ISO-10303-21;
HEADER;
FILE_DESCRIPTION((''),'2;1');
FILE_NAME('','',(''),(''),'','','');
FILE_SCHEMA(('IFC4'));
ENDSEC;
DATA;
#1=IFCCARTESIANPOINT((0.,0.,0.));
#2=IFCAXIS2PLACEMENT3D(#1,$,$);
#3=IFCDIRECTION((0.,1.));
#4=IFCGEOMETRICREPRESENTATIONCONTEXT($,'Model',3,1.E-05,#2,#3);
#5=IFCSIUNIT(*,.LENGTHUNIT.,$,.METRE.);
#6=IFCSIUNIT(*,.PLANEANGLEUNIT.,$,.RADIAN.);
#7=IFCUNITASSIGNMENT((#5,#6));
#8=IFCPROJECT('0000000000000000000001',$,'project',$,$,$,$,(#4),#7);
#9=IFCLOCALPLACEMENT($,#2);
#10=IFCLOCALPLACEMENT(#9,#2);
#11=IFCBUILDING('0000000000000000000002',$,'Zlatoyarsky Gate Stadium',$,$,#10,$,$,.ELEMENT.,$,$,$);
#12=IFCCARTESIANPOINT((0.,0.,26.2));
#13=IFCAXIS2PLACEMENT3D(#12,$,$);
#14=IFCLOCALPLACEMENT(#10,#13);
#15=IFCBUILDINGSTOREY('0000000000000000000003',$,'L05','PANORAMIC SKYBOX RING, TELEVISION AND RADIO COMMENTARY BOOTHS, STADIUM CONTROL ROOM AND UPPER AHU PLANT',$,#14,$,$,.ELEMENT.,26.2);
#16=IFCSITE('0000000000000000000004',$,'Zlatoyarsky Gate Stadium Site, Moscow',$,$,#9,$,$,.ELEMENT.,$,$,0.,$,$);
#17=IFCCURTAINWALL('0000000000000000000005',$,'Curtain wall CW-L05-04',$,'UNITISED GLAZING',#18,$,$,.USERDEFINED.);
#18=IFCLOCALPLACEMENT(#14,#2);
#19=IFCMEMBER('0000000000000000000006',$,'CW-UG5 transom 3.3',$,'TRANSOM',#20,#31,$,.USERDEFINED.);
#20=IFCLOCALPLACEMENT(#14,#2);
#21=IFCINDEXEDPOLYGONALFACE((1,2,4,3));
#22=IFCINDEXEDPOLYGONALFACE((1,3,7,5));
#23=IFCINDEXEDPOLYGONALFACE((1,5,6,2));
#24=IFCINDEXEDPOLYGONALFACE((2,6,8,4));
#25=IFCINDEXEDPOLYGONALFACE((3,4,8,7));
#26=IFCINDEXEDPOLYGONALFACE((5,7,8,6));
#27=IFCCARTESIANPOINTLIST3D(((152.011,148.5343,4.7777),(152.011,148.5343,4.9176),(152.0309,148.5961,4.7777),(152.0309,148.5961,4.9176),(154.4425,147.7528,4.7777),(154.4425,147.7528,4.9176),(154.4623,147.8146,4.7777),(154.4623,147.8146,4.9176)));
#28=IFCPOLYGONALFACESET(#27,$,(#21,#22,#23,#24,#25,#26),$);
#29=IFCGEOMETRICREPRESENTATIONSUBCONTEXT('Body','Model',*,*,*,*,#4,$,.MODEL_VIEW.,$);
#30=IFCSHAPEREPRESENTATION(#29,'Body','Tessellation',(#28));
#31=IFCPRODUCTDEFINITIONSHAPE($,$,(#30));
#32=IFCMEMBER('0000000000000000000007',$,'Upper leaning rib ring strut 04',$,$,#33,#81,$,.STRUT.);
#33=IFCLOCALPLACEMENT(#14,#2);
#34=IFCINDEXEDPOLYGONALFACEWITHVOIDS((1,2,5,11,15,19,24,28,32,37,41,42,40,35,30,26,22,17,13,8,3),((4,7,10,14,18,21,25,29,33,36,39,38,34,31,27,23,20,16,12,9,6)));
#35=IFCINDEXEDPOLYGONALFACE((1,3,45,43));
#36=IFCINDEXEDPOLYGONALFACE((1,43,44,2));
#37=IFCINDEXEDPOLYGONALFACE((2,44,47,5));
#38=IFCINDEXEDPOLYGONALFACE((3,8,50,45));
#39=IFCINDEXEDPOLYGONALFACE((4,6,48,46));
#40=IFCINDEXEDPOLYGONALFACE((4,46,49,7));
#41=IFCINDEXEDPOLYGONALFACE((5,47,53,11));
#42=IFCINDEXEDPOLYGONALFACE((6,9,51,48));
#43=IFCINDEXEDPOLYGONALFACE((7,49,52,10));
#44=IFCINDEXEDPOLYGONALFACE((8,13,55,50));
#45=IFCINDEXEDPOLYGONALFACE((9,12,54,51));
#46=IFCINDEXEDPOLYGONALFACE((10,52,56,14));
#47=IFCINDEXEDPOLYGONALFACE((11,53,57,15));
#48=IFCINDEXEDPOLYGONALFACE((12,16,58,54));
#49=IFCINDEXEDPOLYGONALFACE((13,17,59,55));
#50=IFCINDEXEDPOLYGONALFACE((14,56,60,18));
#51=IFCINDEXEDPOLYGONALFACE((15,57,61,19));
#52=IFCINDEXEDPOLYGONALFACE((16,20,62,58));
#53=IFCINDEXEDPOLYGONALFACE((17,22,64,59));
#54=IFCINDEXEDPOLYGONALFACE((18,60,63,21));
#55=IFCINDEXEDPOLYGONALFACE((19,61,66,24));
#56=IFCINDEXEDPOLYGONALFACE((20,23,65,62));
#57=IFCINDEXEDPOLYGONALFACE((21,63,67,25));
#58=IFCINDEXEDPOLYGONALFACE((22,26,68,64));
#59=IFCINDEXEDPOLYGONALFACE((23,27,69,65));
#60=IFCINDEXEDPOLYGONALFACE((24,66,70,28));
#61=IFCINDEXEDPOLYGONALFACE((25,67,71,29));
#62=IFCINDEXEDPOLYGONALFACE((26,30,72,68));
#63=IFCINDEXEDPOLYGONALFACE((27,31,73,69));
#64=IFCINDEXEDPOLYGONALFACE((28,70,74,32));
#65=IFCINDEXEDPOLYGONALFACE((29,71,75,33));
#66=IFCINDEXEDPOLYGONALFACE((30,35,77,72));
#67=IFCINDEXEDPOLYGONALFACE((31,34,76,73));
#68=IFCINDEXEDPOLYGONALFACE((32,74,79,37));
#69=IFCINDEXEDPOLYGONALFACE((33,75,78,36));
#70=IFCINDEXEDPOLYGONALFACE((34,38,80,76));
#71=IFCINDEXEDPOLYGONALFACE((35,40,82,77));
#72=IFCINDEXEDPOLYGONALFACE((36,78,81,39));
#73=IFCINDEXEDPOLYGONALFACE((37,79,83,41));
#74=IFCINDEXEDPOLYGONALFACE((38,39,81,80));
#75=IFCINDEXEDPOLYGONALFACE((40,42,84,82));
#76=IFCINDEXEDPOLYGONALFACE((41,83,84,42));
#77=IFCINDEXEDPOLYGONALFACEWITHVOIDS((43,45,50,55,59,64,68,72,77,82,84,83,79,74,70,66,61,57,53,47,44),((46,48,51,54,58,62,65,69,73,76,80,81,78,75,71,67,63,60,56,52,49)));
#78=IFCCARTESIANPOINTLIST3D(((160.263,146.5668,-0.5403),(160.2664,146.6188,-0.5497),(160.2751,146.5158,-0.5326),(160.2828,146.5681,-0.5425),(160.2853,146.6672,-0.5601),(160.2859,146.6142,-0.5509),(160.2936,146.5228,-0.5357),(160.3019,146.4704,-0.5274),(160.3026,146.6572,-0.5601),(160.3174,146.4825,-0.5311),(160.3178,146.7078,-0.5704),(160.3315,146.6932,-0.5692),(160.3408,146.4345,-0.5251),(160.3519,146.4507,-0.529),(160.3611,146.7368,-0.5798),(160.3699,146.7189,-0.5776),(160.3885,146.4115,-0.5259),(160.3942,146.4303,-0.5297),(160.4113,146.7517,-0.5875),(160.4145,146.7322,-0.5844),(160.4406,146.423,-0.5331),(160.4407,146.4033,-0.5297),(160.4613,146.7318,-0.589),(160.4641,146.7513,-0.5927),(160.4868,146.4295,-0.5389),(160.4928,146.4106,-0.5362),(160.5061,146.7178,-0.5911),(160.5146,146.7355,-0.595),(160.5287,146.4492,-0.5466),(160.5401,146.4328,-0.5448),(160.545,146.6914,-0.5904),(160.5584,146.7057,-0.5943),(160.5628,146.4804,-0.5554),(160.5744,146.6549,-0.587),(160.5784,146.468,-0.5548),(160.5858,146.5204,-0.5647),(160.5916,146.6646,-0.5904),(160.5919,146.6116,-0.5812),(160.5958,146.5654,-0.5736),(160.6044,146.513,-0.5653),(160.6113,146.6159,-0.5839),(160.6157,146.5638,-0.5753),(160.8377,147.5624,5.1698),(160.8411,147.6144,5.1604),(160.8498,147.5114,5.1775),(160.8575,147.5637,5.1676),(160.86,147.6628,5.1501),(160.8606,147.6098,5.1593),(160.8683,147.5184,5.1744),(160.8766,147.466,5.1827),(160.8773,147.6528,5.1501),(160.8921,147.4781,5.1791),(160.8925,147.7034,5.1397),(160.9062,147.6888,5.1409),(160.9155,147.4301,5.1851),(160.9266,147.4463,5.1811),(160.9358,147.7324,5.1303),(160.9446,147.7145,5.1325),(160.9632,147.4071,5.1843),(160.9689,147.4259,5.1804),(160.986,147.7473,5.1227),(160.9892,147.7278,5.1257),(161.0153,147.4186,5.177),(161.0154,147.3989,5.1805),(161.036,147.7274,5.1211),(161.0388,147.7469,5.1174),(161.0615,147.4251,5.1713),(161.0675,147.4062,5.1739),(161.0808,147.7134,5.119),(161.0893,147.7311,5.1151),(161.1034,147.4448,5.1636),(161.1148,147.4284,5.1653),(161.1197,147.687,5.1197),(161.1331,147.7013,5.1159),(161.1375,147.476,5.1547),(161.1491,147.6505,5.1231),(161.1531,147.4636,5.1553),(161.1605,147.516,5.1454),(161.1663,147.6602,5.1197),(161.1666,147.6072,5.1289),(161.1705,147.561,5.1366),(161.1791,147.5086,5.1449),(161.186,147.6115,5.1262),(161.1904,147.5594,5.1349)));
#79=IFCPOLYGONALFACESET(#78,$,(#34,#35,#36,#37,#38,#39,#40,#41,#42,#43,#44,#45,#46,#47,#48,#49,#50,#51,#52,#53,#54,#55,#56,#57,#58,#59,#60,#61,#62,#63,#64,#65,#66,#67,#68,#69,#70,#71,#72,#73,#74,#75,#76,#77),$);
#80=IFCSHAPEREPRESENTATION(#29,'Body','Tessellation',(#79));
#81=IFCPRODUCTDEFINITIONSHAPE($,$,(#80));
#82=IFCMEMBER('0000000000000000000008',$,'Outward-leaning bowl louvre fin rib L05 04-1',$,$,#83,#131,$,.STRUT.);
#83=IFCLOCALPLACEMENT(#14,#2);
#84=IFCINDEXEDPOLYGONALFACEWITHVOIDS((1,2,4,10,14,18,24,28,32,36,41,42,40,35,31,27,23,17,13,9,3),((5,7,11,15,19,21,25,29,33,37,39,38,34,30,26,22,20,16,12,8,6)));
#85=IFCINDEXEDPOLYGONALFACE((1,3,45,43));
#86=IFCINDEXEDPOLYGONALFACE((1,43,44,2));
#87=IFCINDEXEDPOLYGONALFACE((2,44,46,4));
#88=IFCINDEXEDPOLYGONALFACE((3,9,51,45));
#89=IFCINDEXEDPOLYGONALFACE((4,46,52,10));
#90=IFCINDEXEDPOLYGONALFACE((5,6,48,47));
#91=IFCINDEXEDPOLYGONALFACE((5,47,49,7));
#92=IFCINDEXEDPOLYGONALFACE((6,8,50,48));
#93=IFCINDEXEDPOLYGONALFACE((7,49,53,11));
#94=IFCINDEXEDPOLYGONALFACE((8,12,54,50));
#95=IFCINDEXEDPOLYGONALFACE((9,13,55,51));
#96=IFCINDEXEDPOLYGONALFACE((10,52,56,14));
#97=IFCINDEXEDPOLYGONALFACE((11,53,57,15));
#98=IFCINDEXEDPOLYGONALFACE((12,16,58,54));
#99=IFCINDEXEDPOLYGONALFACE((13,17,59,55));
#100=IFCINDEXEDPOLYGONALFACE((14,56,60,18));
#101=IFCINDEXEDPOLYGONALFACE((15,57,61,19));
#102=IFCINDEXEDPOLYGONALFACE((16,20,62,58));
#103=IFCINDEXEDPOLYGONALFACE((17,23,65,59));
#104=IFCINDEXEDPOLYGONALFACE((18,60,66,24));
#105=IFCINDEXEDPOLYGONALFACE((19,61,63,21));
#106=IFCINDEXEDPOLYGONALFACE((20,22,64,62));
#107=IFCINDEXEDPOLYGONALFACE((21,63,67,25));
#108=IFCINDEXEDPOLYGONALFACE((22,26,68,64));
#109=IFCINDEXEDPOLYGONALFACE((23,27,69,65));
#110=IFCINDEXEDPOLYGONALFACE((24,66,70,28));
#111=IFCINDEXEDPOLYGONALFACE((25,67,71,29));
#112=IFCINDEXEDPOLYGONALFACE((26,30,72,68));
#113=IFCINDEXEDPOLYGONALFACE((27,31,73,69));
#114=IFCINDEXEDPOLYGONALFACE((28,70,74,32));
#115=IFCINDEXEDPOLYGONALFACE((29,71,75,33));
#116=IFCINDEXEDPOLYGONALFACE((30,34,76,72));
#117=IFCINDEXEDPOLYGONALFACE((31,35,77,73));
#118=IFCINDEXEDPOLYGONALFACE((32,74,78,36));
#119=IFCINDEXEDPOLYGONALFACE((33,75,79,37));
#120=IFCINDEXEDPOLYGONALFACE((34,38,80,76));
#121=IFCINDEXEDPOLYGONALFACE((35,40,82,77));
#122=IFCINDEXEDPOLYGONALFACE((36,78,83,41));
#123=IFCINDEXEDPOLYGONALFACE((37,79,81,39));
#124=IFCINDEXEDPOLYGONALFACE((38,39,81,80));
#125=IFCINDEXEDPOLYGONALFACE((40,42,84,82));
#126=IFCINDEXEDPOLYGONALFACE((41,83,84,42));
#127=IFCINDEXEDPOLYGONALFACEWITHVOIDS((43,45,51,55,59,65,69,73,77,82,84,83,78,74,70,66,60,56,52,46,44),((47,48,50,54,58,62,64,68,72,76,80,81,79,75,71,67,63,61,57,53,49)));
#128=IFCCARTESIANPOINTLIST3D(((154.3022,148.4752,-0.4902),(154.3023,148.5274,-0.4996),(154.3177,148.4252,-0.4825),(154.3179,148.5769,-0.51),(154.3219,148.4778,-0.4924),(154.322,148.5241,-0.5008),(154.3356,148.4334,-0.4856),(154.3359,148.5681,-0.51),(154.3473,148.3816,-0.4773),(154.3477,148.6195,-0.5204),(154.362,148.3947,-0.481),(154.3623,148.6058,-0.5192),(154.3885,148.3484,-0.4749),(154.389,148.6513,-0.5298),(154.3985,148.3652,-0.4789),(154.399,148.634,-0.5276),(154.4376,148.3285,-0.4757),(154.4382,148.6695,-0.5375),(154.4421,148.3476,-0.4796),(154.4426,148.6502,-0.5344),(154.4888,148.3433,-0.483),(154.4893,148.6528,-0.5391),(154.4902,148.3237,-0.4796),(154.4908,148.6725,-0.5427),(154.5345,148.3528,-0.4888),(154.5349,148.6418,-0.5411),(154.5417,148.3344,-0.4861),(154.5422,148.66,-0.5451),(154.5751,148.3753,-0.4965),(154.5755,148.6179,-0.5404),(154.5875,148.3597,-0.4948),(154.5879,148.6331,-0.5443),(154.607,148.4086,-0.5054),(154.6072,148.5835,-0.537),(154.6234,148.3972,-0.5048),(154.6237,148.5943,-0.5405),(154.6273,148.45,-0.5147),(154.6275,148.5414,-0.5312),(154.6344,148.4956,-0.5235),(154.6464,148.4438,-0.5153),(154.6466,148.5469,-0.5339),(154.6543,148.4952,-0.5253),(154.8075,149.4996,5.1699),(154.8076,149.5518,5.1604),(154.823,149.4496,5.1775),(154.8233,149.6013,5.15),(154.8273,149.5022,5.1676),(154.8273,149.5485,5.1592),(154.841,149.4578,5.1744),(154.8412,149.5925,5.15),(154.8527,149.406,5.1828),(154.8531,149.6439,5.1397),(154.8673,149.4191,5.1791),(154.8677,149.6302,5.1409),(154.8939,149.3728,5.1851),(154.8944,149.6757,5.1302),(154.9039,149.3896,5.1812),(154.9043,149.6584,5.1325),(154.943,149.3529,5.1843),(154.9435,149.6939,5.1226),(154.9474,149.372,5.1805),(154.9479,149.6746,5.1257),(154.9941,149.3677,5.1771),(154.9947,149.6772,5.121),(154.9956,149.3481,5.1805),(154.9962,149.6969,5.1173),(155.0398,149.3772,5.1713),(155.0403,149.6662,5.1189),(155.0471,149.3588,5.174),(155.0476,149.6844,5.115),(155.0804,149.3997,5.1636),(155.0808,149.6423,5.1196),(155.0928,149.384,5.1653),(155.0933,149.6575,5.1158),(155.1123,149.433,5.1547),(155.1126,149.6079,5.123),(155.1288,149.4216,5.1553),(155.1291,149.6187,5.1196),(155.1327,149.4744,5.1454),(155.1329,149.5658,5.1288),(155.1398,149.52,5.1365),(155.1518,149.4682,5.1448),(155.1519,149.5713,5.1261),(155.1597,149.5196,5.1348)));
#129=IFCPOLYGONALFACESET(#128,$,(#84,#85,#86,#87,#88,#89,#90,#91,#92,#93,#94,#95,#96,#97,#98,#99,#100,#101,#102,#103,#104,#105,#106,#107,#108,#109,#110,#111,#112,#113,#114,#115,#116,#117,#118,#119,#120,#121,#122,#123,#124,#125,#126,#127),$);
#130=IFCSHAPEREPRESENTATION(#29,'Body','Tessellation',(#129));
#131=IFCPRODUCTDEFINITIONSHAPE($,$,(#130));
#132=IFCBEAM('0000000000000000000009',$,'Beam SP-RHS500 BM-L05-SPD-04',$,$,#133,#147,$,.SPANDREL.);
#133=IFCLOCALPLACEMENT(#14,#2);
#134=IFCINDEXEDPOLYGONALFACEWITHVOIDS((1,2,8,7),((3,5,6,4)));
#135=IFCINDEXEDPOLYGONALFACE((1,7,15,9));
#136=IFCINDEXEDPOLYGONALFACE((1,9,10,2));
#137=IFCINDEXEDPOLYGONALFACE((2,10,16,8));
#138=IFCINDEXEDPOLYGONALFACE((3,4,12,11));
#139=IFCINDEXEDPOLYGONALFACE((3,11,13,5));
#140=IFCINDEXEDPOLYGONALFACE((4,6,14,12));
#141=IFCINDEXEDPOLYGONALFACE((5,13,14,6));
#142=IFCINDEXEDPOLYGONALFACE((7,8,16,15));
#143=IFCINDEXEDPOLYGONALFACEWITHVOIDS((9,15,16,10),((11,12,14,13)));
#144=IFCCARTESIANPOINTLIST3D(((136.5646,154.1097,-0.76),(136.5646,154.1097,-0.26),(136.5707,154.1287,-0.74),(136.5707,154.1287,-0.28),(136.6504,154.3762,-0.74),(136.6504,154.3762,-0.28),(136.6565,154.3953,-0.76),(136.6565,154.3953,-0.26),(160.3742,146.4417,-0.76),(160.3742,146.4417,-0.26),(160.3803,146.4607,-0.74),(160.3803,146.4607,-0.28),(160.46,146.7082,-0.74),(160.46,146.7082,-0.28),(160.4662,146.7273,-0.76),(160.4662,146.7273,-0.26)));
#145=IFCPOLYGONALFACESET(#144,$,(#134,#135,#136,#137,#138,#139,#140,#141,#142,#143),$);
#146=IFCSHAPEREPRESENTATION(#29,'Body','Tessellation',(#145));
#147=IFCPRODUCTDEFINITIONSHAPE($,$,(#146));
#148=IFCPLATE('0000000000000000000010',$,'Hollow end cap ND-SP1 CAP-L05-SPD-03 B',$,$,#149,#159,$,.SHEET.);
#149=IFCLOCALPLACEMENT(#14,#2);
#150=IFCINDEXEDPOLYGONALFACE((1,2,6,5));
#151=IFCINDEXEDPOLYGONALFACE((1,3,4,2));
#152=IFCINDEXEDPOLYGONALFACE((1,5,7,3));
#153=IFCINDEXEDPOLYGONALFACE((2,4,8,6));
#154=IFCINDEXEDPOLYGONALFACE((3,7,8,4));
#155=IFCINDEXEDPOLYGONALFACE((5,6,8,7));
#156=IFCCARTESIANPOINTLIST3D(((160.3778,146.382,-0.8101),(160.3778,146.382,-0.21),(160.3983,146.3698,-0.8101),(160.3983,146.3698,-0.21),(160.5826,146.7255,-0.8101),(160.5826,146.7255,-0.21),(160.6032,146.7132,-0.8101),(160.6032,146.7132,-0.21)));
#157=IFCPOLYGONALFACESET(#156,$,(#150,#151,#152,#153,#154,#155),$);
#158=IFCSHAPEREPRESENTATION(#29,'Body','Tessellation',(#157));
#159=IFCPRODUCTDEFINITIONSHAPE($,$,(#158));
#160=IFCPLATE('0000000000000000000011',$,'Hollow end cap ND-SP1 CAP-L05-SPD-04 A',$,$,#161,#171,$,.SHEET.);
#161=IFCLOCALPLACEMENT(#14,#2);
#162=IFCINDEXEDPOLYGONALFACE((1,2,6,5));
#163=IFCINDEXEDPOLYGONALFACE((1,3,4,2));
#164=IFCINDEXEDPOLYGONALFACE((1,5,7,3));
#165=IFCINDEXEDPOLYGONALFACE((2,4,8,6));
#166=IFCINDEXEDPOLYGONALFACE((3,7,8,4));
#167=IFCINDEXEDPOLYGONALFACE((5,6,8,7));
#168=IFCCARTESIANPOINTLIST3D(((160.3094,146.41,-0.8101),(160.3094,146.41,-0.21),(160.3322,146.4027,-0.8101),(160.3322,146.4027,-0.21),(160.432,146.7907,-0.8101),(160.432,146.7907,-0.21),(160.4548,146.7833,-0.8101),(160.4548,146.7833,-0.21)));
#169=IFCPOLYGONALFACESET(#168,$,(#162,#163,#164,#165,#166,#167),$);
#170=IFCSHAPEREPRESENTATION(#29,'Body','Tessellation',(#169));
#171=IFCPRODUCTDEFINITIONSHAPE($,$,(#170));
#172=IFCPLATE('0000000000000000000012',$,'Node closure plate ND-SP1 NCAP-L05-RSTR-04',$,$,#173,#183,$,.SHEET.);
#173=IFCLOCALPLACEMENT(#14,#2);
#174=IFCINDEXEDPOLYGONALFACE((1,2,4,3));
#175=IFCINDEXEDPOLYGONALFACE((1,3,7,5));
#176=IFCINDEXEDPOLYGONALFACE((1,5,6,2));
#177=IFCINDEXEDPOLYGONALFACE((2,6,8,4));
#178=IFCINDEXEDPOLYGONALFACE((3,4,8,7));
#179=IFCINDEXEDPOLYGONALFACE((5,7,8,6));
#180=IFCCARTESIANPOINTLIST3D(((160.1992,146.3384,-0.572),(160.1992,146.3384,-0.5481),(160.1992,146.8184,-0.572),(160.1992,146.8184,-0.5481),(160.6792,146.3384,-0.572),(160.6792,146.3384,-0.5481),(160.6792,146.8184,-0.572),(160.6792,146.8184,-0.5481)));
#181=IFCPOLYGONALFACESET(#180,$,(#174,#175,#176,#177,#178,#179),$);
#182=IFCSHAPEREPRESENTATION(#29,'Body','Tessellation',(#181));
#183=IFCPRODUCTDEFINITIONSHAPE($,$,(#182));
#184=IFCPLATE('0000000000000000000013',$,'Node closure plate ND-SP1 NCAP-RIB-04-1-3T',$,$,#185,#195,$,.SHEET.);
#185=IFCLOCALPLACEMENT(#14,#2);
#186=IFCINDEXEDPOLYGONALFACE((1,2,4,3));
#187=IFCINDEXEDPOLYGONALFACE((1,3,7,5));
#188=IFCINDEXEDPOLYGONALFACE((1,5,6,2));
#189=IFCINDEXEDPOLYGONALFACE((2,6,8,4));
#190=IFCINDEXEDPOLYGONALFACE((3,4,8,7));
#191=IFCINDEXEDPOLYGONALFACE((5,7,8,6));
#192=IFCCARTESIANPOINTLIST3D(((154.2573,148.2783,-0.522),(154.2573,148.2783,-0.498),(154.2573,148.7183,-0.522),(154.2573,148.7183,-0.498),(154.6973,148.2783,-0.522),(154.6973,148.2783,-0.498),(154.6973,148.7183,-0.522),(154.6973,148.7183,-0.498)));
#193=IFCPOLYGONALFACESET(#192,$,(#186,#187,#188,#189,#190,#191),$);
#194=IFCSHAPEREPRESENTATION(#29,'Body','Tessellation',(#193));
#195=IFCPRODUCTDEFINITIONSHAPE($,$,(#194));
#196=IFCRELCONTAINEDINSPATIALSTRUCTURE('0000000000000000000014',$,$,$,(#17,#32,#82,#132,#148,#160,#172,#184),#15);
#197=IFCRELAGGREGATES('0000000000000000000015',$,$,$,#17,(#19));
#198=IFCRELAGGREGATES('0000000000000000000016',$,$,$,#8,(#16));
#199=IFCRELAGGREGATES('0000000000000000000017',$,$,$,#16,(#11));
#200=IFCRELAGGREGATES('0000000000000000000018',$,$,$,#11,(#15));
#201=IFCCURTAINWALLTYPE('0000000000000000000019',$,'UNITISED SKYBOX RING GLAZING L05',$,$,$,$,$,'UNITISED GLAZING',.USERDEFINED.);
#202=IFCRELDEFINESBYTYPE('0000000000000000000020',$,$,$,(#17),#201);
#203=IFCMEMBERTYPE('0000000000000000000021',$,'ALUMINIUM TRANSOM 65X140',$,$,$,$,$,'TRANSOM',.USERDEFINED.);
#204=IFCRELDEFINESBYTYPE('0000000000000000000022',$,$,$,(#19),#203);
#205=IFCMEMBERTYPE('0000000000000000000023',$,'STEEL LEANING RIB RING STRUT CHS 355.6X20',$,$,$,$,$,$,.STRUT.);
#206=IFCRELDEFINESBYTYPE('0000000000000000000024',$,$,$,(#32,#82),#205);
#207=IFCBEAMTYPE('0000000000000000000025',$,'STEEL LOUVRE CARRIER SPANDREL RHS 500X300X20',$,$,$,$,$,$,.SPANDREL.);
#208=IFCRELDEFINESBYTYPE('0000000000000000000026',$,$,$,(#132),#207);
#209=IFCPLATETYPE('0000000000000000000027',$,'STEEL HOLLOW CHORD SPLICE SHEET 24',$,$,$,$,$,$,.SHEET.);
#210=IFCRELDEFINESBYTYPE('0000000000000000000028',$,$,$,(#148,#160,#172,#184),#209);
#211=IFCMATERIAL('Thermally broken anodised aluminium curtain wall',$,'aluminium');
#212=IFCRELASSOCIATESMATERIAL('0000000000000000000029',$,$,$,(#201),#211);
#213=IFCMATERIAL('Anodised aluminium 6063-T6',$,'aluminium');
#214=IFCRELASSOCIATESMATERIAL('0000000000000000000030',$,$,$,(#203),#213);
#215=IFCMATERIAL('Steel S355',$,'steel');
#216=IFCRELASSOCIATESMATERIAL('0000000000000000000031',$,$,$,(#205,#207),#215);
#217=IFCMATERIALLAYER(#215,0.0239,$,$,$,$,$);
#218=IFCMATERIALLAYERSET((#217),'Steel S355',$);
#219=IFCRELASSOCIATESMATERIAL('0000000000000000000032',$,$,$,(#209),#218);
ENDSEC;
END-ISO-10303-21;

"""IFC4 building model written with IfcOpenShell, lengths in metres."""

from ifc_helpers import new_model, si_unit, direction, frame, origin, origin_2d, place, context, subcontext, project, spatial, rectangle, hollow_rectangle, hollow_circle, extrude, material, layer, layer_set, material_profile, profile_set, type_object, element, aggregate, save


model = new_model("IFC4")

# Units and contexts
model_context = context("Model", 3, precision=1e-05, world=origin(), true_north=direction((0.0, 1.0)))
body_context = subcontext(model_context, "Body", "Model", "MODEL_VIEW")
ifc_project = project(units=[si_unit("LENGTHUNIT", "METRE"), si_unit("PLANEANGLEUNIT", "RADIAN")], contexts=[model_context])

# Site, building, storey
site_placement = place(None, origin())
site = spatial("IfcSite", under=ifc_project, at=site_placement, Name="Zlatoyarsky Gate Stadium Site, Moscow", CompositionType="ELEMENT", RefElevation=0.0)
building_placement = place(site_placement, origin())
building = spatial("IfcBuilding", under=site, at=building_placement, Name="Zlatoyarsky Gate Stadium", CompositionType="ELEMENT")
storey_placement = place(building_placement, frame((0.0, 0.0, 26.2)))
storey = spatial("IfcBuildingStorey", under=building, at=storey_placement, Name="L05", Description="PANORAMIC SKYBOX RING, TELEVISION AND RADIO COMMENTARY BOOTHS, STADIUM CONTROL ROOM AND UPPER AHU PLANT", CompositionType="ELEMENT", Elevation=26.2)

# Shared definitions
ifc_material_1 = material(Name="Thermally broken anodised aluminium curtain wall", Category="aluminium")
curtain_wall_type = type_object("IfcCurtainWallType", Name="UNITISED SKYBOX RING GLAZING L05", ElementType="UNITISED GLAZING", PredefinedType="USERDEFINED", material=ifc_material_1)
ifc_material_2 = material(Name="Anodised aluminium 6063-T6", Category="aluminium")

# Curtain wall
curtain_wall_1_placement = place(storey_placement, origin())
curtain_wall_1 = element("IfcCurtainWall", 1, at=curtain_wall_1_placement, inside=storey, type_object=curtain_wall_type, Name="Curtain wall CW-L05-04", ObjectType="UNITISED GLAZING", PredefinedType="USERDEFINED")

# Member
ifc_material_profile_1 = material_profile(ifc_material_2, rectangle(XDim=0.0649, YDim=0.1399, at=origin_2d()), Name="ALU 65X140")
ifc_profile_set_1 = profile_set([ifc_material_profile_1], Name="Anodised aluminium 6063-T6")
member_type_1 = type_object("IfcMemberType", Name="ALUMINIUM TRANSOM 65X140", ElementType="TRANSOM", PredefinedType="USERDEFINED", material=ifc_profile_set_1)
member_1_placement = place(storey_placement, frame((154.4524, 147.7837, 4.8477), z_axis=(-0.952032, 0.306, 0.0), x_axis=(-0.306, -0.952032, 0.0)))
member_1 = element("IfcMember", 2, at=member_1_placement, type_object=member_type_1, Name="CW-UG5 transom 3.3", ObjectType="TRANSOM", PredefinedType="USERDEFINED", context=body_context, shape_type="SweptSolid", body=[
    extrude(rectangle(XDim=0.0649, YDim=0.1399, at=origin_2d()), origin(), (0.0, 0.0, 1.0), 2.554),
])

# Members
ifc_material_3 = material(Name="Steel S355", Category="steel")
ifc_material_profile_2 = material_profile(ifc_material_3, hollow_circle(Radius=0.1777, WallThickness=0.02, at=origin_2d()), Name="CHS 355.6X20")
ifc_profile_set_2 = profile_set([ifc_material_profile_2], Name="Steel S355")
member_type_2 = type_object("IfcMemberType", Name="STEEL LEANING RIB RING STRUT CHS 355.6X20", PredefinedType="STRUT", material=ifc_profile_set_2)
member_2_placement = place(storey_placement, frame((160.4392, 146.5784, -0.5601), z_axis=(0.098666, 0.170926, 0.980331), x_axis=(-0.866065, 0.499931, 0.0)))
element("IfcMember", 3, at=member_2_placement, inside=storey, type_object=member_type_2, Name="Upper leaning rib ring strut 04", PredefinedType="STRUT", context=body_context, shape_type="SweptSolid", body=[
    extrude(hollow_circle(Radius=0.1777, WallThickness=0.02, at=origin_2d()), origin(), (0.0, 0.0, 1.0), 5.8247),
])
member_3_placement = place(storey_placement, frame((154.4773, 148.4983, -0.51), z_axis=(0.087521, 0.17741, 0.980238), x_axis=(-0.896808, 0.44242, 0.0)))
element("IfcMember", 4, at=member_3_placement, inside=storey, type_object=member_type_2, Name="Outward-leaning bowl louvre fin rib L05 04-1", PredefinedType="STRUT", context=body_context, shape_type="SweptSolid", body=[
    extrude(hollow_circle(Radius=0.1777, WallThickness=0.02, at=origin_2d()), origin(), (0.0, 0.0, 1.0), 5.7742),
])

# Beam
ifc_material_profile_3 = material_profile(ifc_material_3, hollow_rectangle(XDim=0.3, YDim=0.5, WallThickness=0.02, at=origin_2d()), Name="RHS 500X300X20")
ifc_profile_set_3 = profile_set([ifc_material_profile_3], Name="Steel S355")
beam_type = type_object("IfcBeamType", Name="STEEL LOUVRE CARRIER SPANDREL RHS 500X300X20", PredefinedType="SPANDREL", material=ifc_profile_set_3)
beam_placement = place(storey_placement, frame((160.4202, 146.5845, -0.51), z_axis=(-0.951855, 0.306549, 0.0), x_axis=(-0.306549, -0.951855, 0.0)))
element("IfcBeam", 5, at=beam_placement, inside=storey, type_object=beam_type, Name="Beam SP-RHS500 BM-L05-SPD-04", PredefinedType="SPANDREL", context=body_context, shape_type="SweptSolid", body=[
    extrude(hollow_rectangle(XDim=0.3, YDim=0.5, WallThickness=0.02, at=origin_2d()), origin(), (0.0, 0.0, 1.0), 25.0139),
])

# Plates
ifc_layer_1 = layer(ifc_material_3, 0.0239)
ifc_layer_set_1 = layer_set([ifc_layer_1], Name="Steel S355")
plate_type_1 = type_object("IfcPlateType", Name="STEEL HOLLOW CHORD SPLICE SHEET 24", PredefinedType="SHEET", material=ifc_layer_set_1)
for number, where, z_axis, x_axis, name in (
    (6, (160.4905, 146.5476, -0.8101), (0.0, 0.0, 1.0), (-0.858778, 0.512349, 0.0), "Hollow end cap ND-SP1 CAP-L05-SPD-03 B"),
    (7, (160.3821, 146.5967, -0.8101), (0.0, 0.0, 1.0), (-0.951856, 0.306545, 0.0), "Hollow end cap ND-SP1 CAP-L05-SPD-04 A"),
):
    element("IfcPlate", number, at=place(storey_placement, frame(where, z_axis=z_axis, x_axis=x_axis)), inside=storey, type_object=plate_type_1, Name=name, PredefinedType="SHEET", context=body_context, shape_type="SweptSolid", body=[
        extrude(rectangle(XDim=0.0239, YDim=0.3999, at=origin_2d()), origin(), (0.0, 0.0, 1.0), 0.6001),
    ])
plate_1_placement = place(storey_placement, frame((160.4392, 146.5784, -0.572), z_axis=(0.0, 0.0, 1.0), x_axis=(1.0, 0.0, 0.0)))
element("IfcPlate", 8, at=plate_1_placement, inside=storey, type_object=plate_type_1, Name="Node closure plate ND-SP1 NCAP-L05-RSTR-04", PredefinedType="SHEET", context=body_context, shape_type="SweptSolid", body=[
    extrude(rectangle(XDim=0.48, YDim=0.48, at=origin_2d()), origin(), (0.0, 0.0, 1.0), 0.0239),
])
plate_2_placement = place(storey_placement, frame((154.4773, 148.4983, -0.522), z_axis=(0.0, 0.0, 1.0), x_axis=(1.0, 0.0, 0.0)))
element("IfcPlate", 9, at=plate_2_placement, inside=storey, type_object=plate_type_1, Name="Node closure plate ND-SP1 NCAP-RIB-04-1-3T", PredefinedType="SHEET", context=body_context, shape_type="SweptSolid", body=[
    extrude(rectangle(XDim=0.4399, YDim=0.4399, at=origin_2d()), origin(), (0.0, 0.0, 1.0), 0.0239),
])

aggregate(curtain_wall_1, [member_1])

save(model, "model.ifc")
